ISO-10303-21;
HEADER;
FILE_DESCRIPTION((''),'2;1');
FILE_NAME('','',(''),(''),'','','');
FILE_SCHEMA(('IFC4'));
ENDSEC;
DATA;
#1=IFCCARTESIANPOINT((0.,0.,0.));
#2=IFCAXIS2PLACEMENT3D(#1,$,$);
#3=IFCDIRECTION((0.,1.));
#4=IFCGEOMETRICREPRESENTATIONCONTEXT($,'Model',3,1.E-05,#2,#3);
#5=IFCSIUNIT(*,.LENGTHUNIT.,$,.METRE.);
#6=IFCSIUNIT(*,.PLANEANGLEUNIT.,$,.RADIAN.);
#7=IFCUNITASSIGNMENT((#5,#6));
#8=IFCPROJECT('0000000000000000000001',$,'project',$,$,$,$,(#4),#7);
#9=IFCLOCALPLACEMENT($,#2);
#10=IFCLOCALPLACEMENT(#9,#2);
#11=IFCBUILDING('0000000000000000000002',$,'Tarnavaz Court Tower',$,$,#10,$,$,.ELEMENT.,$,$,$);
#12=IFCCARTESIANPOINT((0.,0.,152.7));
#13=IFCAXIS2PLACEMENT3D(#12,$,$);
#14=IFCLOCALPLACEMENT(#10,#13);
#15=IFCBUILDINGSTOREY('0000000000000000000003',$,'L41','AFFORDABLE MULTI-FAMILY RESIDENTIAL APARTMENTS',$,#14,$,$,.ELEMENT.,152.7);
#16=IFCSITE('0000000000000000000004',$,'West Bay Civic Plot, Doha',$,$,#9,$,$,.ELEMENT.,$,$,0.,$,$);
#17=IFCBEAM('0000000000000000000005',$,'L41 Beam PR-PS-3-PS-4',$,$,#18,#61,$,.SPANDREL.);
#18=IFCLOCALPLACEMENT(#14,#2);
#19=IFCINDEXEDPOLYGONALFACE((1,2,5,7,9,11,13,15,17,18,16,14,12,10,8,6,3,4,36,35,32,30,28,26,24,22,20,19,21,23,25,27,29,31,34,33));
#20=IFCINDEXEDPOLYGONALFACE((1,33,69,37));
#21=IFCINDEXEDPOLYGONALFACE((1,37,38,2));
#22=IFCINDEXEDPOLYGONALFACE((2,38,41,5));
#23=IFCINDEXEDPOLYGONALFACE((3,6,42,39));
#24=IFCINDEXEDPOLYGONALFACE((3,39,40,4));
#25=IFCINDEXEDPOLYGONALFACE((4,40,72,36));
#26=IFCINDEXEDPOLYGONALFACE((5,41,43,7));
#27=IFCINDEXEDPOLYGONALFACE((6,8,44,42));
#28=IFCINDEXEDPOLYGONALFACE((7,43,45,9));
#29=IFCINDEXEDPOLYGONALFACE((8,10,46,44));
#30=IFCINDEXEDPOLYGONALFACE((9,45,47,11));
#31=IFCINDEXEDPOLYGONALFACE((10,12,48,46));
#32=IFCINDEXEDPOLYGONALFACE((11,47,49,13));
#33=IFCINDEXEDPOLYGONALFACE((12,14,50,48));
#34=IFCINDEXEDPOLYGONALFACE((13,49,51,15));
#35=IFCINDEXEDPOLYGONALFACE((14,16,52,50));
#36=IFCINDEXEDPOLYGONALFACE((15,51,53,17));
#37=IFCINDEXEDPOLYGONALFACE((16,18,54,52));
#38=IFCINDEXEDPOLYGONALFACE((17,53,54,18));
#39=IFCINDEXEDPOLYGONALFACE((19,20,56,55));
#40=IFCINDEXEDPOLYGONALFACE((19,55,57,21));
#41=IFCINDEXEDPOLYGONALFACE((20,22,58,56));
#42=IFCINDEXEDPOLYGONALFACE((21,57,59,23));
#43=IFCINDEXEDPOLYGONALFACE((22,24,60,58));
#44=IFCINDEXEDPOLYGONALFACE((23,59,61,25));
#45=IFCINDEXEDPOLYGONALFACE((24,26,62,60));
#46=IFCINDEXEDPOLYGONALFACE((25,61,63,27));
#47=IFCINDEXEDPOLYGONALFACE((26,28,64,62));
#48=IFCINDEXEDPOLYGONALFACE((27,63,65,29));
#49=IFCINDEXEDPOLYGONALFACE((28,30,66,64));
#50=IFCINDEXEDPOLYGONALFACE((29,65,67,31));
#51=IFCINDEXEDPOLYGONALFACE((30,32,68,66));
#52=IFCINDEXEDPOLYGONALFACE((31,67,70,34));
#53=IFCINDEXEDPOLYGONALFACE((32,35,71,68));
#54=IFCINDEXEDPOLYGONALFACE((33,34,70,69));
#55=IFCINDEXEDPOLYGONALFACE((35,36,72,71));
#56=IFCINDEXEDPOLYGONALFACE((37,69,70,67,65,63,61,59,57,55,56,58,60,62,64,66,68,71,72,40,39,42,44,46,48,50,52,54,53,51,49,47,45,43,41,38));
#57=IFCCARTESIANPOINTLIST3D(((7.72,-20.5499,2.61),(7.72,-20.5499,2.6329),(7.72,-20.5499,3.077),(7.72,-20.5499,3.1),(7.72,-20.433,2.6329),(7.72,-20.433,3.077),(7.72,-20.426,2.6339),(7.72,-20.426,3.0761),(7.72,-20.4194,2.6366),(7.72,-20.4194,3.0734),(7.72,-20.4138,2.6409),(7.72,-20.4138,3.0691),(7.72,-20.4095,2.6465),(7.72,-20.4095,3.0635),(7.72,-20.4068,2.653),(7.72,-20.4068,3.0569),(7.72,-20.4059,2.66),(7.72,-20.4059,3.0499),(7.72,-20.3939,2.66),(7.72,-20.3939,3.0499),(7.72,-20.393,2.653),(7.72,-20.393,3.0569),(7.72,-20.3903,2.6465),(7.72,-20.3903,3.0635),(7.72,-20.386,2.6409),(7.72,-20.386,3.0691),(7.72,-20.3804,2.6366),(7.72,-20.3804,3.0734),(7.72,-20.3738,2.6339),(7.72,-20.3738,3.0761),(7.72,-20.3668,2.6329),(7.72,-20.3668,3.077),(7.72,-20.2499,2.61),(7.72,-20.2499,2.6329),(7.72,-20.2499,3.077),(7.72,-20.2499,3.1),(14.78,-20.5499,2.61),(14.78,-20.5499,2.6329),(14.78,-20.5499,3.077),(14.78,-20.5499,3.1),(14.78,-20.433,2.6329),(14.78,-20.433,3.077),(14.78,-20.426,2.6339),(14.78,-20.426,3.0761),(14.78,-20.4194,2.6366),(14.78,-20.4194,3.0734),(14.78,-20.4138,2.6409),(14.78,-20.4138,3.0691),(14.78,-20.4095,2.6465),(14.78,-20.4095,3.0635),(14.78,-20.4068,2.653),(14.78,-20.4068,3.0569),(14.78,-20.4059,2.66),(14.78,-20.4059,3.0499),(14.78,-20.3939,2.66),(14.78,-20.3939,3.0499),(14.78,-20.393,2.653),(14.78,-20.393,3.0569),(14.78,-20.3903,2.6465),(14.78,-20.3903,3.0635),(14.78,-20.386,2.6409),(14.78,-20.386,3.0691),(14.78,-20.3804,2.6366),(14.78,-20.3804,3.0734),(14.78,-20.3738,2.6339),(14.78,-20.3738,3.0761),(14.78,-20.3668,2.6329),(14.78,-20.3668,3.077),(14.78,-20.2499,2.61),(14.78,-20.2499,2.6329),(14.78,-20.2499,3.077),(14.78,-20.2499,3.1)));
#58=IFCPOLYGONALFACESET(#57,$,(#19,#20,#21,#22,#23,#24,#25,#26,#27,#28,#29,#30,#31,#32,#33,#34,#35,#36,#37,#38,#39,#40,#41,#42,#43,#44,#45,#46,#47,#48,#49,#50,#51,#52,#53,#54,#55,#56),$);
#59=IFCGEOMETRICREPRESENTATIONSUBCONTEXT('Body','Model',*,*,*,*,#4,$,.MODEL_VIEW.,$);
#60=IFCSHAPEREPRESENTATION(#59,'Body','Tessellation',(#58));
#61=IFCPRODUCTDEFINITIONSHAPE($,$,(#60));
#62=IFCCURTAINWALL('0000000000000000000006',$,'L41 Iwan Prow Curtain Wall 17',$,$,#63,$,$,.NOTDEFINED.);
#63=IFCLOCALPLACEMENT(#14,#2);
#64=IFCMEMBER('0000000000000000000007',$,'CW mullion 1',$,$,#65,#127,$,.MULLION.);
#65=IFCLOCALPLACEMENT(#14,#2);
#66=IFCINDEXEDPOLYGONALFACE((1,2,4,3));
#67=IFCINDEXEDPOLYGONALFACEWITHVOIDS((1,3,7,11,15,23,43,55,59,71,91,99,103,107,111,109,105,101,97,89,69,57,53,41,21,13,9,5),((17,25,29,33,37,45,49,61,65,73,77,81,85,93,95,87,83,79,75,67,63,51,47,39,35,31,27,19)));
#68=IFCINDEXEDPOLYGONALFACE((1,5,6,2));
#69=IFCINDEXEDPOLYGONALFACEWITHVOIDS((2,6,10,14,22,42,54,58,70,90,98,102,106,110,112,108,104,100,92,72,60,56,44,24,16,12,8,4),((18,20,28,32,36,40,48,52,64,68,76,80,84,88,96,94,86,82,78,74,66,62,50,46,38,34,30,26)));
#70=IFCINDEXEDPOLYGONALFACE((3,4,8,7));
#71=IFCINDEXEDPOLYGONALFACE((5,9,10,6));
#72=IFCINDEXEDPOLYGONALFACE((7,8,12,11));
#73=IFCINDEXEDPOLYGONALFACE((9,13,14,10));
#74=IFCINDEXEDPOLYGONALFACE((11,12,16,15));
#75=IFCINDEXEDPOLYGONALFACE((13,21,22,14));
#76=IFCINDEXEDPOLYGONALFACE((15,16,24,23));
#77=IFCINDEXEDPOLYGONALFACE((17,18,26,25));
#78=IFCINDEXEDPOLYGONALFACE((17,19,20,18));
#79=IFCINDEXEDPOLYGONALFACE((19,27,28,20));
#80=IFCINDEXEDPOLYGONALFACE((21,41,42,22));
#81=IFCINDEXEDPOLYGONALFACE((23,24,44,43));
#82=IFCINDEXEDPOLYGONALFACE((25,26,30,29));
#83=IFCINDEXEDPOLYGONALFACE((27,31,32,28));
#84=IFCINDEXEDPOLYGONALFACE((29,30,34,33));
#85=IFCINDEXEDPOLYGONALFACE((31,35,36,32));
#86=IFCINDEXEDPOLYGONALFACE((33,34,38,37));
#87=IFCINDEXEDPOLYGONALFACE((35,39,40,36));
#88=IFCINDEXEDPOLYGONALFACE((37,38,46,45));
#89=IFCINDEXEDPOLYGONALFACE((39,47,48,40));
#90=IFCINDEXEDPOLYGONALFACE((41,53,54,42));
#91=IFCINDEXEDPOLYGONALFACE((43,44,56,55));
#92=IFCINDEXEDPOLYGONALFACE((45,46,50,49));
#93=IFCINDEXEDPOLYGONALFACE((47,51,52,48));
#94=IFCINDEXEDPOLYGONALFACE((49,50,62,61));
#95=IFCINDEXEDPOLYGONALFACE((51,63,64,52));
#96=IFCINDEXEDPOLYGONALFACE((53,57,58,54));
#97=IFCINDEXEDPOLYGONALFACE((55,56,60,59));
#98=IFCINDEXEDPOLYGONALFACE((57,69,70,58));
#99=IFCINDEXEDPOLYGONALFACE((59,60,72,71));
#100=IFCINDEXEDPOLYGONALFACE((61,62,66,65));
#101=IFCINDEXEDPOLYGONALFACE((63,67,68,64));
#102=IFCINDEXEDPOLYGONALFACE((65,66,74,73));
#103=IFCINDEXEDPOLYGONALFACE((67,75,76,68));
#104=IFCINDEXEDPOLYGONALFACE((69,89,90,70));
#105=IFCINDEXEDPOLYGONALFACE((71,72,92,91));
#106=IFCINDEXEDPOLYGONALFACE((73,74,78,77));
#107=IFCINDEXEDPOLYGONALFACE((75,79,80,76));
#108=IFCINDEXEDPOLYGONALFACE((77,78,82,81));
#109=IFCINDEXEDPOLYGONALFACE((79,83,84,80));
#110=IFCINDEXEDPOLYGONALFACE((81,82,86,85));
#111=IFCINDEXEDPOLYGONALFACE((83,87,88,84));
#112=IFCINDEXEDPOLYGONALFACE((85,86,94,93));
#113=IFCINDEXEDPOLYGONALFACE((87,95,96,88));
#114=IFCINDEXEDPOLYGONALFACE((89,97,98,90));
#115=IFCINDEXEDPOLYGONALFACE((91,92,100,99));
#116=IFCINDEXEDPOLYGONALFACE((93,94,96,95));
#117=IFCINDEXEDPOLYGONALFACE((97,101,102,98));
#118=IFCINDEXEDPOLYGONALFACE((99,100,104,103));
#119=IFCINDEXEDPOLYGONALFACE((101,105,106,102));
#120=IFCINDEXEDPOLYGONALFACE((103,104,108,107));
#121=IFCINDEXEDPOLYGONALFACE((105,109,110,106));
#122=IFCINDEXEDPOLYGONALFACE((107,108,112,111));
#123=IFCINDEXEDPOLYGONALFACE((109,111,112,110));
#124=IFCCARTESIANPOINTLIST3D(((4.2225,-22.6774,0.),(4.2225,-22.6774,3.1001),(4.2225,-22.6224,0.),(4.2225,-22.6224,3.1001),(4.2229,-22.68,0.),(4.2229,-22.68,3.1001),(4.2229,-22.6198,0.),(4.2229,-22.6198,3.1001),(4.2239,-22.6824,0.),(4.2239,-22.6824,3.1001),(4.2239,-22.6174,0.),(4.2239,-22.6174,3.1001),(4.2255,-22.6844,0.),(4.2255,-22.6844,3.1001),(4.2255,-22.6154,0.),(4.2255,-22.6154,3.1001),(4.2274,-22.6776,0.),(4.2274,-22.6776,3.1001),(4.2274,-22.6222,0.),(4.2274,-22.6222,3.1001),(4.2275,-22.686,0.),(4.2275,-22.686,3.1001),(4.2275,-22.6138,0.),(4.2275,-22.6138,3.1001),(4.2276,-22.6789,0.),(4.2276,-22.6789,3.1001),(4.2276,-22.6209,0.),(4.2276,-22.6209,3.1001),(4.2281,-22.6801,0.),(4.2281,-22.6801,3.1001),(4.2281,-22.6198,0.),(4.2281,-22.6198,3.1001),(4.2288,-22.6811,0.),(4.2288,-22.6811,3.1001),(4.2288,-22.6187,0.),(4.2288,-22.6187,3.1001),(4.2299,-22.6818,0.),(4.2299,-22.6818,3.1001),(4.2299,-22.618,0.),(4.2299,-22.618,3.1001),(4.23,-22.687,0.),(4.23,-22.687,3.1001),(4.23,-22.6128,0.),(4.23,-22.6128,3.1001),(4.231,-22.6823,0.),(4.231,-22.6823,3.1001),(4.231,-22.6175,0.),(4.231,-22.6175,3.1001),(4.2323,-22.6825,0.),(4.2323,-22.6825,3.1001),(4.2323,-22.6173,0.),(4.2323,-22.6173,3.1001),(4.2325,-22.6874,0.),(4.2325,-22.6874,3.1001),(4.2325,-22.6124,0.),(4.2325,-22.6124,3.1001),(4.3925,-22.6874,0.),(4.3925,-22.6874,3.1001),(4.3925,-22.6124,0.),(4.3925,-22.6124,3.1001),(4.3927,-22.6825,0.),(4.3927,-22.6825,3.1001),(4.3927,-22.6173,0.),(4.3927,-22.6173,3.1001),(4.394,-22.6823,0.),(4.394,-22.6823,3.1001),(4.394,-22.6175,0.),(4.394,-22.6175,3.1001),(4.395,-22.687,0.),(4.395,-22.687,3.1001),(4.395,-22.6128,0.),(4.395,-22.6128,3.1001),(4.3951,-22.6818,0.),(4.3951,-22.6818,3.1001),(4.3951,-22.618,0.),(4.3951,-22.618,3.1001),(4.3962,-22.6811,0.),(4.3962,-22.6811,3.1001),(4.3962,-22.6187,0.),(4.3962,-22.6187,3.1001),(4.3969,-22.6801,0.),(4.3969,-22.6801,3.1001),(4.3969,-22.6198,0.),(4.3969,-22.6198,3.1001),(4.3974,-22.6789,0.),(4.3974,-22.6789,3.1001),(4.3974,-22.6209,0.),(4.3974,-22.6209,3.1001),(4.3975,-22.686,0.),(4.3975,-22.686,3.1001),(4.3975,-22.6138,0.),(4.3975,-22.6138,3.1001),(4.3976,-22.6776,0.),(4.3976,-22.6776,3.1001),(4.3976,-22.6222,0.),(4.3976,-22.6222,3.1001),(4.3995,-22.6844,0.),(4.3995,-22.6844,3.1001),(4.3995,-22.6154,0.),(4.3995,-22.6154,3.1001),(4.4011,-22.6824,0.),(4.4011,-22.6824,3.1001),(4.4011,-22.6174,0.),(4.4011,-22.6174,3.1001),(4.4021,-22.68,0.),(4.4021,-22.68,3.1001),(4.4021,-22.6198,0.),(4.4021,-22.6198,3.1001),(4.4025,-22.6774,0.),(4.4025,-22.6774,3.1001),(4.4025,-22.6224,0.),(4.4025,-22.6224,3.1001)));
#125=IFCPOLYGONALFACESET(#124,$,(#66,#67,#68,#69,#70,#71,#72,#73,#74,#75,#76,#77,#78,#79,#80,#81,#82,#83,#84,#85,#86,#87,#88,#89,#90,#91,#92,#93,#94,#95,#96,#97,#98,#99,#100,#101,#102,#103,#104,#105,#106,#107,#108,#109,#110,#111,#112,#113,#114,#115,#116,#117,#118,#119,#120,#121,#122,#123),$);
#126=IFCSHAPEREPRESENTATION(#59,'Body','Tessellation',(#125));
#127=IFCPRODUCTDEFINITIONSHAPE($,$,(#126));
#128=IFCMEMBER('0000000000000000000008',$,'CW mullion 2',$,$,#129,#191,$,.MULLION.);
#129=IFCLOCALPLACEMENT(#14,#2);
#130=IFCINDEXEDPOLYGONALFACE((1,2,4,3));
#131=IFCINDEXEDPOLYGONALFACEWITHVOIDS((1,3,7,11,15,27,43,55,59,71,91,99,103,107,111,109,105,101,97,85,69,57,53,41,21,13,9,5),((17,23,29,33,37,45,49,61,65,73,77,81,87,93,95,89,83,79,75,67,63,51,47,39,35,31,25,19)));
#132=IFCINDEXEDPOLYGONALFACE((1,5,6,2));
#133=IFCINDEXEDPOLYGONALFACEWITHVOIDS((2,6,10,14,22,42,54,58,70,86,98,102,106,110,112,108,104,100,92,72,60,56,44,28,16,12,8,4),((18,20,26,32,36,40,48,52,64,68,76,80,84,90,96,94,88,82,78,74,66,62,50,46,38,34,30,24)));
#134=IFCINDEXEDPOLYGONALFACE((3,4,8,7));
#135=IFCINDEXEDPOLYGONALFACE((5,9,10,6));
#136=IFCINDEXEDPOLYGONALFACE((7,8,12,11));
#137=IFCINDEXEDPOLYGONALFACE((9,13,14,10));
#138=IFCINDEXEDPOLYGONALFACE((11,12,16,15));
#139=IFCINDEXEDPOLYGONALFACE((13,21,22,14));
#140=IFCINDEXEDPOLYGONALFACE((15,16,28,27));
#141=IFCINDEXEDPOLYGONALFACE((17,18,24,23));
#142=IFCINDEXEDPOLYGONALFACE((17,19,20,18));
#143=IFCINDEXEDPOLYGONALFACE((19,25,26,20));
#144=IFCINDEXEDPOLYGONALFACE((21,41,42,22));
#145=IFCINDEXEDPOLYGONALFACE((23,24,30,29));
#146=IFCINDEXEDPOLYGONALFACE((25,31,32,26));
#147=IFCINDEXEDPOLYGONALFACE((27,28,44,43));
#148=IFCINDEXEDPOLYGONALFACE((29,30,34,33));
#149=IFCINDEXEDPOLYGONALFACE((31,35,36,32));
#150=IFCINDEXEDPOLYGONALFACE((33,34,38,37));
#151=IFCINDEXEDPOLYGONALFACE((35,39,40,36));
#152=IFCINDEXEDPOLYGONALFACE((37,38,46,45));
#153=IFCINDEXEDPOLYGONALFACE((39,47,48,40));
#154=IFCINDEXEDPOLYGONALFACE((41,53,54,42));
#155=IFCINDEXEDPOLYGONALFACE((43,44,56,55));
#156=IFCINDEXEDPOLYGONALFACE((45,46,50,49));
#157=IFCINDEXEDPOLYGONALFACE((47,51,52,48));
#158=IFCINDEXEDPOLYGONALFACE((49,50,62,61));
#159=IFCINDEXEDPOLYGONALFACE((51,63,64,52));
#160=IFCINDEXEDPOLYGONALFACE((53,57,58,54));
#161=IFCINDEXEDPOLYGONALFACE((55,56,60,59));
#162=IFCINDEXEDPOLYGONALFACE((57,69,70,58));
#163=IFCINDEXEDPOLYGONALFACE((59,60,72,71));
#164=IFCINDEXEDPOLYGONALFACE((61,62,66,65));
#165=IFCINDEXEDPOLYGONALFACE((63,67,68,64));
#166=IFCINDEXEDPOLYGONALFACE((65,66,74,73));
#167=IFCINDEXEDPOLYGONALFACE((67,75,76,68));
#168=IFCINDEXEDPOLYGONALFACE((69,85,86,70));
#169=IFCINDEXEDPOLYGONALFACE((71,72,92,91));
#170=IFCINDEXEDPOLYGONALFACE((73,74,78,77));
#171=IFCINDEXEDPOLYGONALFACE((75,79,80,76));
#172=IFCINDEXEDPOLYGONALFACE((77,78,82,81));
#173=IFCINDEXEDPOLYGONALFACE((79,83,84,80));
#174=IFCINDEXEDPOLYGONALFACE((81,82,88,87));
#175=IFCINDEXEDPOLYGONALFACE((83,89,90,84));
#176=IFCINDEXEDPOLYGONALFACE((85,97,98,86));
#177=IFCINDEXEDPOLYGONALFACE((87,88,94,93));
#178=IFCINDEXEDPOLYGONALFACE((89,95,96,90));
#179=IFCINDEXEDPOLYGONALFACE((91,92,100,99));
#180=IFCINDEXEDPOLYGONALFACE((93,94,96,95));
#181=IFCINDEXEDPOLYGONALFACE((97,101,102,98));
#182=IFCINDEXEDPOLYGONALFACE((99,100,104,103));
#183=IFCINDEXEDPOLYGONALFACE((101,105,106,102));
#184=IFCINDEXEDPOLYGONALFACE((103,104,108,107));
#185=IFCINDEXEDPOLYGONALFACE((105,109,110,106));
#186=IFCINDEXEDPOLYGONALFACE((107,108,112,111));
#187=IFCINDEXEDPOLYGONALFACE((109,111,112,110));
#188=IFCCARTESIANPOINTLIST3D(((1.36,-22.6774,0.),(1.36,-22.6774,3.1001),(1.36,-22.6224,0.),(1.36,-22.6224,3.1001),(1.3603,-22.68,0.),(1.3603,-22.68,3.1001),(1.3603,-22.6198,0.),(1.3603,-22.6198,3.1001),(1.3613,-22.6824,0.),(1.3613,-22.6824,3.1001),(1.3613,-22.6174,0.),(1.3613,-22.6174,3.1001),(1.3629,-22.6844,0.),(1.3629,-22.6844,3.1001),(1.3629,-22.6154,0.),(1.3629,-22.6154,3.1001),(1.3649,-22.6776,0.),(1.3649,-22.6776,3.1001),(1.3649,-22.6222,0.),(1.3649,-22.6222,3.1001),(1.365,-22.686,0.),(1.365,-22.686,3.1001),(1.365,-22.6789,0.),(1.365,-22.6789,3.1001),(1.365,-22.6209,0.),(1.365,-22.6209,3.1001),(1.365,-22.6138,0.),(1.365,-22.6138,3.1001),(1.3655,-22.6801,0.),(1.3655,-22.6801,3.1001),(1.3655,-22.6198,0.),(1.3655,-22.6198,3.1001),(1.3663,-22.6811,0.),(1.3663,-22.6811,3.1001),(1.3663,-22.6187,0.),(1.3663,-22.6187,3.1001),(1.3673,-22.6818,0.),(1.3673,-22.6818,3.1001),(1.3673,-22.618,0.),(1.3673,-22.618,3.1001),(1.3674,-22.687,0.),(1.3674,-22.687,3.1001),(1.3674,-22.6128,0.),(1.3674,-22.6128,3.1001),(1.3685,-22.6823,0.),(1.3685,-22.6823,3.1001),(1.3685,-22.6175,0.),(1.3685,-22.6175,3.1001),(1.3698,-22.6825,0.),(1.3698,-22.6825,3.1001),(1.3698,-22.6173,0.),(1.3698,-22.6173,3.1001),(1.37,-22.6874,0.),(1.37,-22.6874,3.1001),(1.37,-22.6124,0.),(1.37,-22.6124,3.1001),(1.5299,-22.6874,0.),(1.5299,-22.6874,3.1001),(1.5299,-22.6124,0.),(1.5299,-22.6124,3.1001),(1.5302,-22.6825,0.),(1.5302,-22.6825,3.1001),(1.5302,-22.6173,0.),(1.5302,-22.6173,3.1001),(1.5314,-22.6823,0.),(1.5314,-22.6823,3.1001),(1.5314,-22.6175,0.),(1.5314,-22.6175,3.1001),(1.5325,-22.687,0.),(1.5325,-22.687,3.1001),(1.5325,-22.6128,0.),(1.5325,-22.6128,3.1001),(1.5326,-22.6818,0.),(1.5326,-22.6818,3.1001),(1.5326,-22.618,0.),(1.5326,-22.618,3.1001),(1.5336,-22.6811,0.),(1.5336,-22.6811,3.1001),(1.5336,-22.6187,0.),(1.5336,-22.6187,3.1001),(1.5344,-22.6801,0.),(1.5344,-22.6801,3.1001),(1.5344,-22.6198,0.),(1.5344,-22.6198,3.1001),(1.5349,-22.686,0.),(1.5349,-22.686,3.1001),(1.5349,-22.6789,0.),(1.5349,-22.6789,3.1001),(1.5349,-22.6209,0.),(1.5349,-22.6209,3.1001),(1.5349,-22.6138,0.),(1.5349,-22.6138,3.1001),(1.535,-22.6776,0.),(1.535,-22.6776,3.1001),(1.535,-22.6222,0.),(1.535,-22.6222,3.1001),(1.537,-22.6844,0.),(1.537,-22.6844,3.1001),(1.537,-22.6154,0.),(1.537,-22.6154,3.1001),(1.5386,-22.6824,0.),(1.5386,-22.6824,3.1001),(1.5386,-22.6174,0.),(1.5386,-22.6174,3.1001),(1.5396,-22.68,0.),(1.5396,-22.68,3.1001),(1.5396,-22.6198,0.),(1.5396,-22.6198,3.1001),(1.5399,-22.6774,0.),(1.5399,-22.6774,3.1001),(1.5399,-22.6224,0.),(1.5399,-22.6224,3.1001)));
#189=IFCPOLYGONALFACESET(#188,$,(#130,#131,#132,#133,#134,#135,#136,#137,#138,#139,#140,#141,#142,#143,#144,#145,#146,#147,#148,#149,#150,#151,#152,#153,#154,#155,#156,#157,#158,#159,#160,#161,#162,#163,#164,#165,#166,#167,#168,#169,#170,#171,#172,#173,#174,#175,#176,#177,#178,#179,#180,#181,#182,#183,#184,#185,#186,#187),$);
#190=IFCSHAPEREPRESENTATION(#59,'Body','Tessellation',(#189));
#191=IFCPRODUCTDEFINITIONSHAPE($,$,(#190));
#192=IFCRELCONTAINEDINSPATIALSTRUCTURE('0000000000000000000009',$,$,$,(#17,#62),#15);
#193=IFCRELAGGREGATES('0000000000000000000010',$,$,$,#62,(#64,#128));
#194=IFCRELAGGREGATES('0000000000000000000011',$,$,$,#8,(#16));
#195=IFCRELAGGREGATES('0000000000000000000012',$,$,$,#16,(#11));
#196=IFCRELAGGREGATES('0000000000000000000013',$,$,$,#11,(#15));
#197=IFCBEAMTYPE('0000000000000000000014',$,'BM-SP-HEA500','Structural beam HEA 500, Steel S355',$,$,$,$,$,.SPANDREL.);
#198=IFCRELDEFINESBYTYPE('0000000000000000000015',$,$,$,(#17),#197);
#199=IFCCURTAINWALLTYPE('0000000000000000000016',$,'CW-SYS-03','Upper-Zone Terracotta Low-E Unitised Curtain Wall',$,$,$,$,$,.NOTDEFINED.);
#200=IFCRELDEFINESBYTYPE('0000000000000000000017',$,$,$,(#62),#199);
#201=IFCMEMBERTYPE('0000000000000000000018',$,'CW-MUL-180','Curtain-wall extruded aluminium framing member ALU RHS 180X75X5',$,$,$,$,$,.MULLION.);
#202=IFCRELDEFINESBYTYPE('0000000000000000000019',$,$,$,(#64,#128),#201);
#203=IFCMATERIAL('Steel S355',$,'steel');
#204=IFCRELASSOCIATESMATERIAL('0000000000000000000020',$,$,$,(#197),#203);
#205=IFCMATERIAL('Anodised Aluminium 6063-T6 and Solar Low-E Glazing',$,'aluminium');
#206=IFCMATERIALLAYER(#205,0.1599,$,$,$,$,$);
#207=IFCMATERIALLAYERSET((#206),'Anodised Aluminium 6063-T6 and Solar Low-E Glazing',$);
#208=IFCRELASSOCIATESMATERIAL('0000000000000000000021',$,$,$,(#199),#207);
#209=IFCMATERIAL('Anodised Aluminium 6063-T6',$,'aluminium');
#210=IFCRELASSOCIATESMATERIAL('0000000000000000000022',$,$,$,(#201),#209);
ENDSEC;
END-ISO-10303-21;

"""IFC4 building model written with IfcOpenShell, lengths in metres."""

from ifc_helpers import new_model, si_unit, direction, frame, origin, origin_2d, place, context, subcontext, project, spatial, hollow_rectangle, i_section, extrude, material, layer, layer_set, material_profile, profile_set, type_object, element, aggregate, save


model = new_model("IFC4")

# Units and contexts
model_context = context("Model", 3, precision=1e-05, world=origin(), true_north=direction((0.0, 1.0)))
body_context = subcontext(model_context, "Body", "Model", "MODEL_VIEW")
ifc_project = project(units=[si_unit("LENGTHUNIT", "METRE"), si_unit("PLANEANGLEUNIT", "RADIAN")], contexts=[model_context])

# Site, building, storey
site_placement = place(None, origin())
site = spatial("IfcSite", under=ifc_project, at=site_placement, Name="West Bay Civic Plot, Doha", CompositionType="ELEMENT", RefElevation=0.0)
building_placement = place(site_placement, origin())
building = spatial("IfcBuilding", under=site, at=building_placement, Name="Tarnavaz Court Tower", CompositionType="ELEMENT")
storey_placement = place(building_placement, frame((0.0, 0.0, 152.7)))
storey = spatial("IfcBuildingStorey", under=building, at=storey_placement, Name="L41", Description="AFFORDABLE MULTI-FAMILY RESIDENTIAL APARTMENTS", CompositionType="ELEMENT", Elevation=152.7)

# Beam
ifc_material_1 = material(Name="Steel S355", Category="steel")
ifc_material_profile_1 = material_profile(ifc_material_1, i_section(OverallWidth=0.3, OverallDepth=0.49, WebThickness=0.012, FlangeThickness=0.0229, FilletRadius=0.0271, at=origin_2d()), Name="HEA 500")
ifc_profile_set_1 = profile_set([ifc_material_profile_1], Name="Steel S355")
beam_type_1 = type_object("IfcBeamType", Name="BM-SP-HEA500", Description="Structural beam HEA 500, Steel S355", PredefinedType="SPANDREL", material=ifc_profile_set_1)
beam_placement = place(storey_placement, frame((7.72, -20.3999, 2.855), z_axis=(1.0, 0.0, 0.0), x_axis=(0.0, 1.0, 0.0)))
element("IfcBeam", 1, at=beam_placement, inside=storey, type_object=beam_type_1, Name="L41 Beam PR-PS-3-PS-4", PredefinedType="SPANDREL", context=body_context, shape_type="SweptSolid", body=[
    extrude(i_section(OverallWidth=0.3, OverallDepth=0.49, WebThickness=0.012, FlangeThickness=0.0229, FilletRadius=0.0271, at=origin_2d()), origin(), (0.0, 0.0, 1.0), 7.0601),
])

# Curtain wall, members
ifc_material_2 = material(Name="Anodised Aluminium 6063-T6 and Solar Low-E Glazing", Category="aluminium")
ifc_layer_1 = layer(ifc_material_2, 0.1599)
ifc_layer_set_1 = layer_set([ifc_layer_1], Name="Anodised Aluminium 6063-T6 and Solar Low-E Glazing")
curtain_wall_type = type_object("IfcCurtainWallType", Name="CW-SYS-03", Description="Upper-Zone Terracotta Low-E Unitised Curtain Wall", PredefinedType="NOTDEFINED", material=ifc_layer_set_1)
curtain_wall_placement = place(storey_placement, origin())
curtain_wall = element("IfcCurtainWall", 2, at=curtain_wall_placement, inside=storey, type_object=curtain_wall_type, Name="L41 Iwan Prow Curtain Wall 17", PredefinedType="NOTDEFINED")
ifc_material_3 = material(Name="Anodised Aluminium 6063-T6", Category="aluminium")
ifc_material_profile_2 = material_profile(ifc_material_3, hollow_rectangle(XDim=0.075, YDim=0.1799, WallThickness=0.0049, InnerFilletRadius=0.0049, OuterFilletRadius=0.01, at=origin_2d()), Name="ALU RHS 180X75X5")
ifc_profile_set_2 = profile_set([ifc_material_profile_2], Name="Anodised Aluminium 6063-T6")
member_type_1 = type_object("IfcMemberType", Name="CW-MUL-180", Description="Curtain-wall extruded aluminium framing member ALU RHS 180X75X5", PredefinedType="MULLION", material=ifc_profile_set_2)
member_1_placement = place(storey_placement, frame((4.3125, -22.6499, 0.0), z_axis=(0.0, 0.0, 1.0), x_axis=(0.0, -1.0, 0.0)))
member_1 = element("IfcMember", 3, at=member_1_placement, type_object=member_type_1, Name="CW mullion 1", PredefinedType="MULLION", context=body_context, shape_type="SweptSolid", body=[
    extrude(hollow_rectangle(XDim=0.075, YDim=0.1799, WallThickness=0.0049, InnerFilletRadius=0.0049, OuterFilletRadius=0.01, at=origin_2d()), origin(), (0.0, 0.0, 1.0), 3.1001),
])
member_2_placement = place(storey_placement, frame((1.45, -22.6499, 0.0), z_axis=(0.0, 0.0, 1.0), x_axis=(0.0, -1.0, 0.0)))
member_2 = element("IfcMember", 4, at=member_2_placement, type_object=member_type_1, Name="CW mullion 2", PredefinedType="MULLION", context=body_context, shape_type="SweptSolid", body=[
    extrude(hollow_rectangle(XDim=0.075, YDim=0.1799, WallThickness=0.0049, InnerFilletRadius=0.0049, OuterFilletRadius=0.01, at=origin_2d()), origin(), (0.0, 0.0, 1.0), 3.1001),
])
aggregate(curtain_wall, [member_1, member_2])

save(model, "model.ifc")
